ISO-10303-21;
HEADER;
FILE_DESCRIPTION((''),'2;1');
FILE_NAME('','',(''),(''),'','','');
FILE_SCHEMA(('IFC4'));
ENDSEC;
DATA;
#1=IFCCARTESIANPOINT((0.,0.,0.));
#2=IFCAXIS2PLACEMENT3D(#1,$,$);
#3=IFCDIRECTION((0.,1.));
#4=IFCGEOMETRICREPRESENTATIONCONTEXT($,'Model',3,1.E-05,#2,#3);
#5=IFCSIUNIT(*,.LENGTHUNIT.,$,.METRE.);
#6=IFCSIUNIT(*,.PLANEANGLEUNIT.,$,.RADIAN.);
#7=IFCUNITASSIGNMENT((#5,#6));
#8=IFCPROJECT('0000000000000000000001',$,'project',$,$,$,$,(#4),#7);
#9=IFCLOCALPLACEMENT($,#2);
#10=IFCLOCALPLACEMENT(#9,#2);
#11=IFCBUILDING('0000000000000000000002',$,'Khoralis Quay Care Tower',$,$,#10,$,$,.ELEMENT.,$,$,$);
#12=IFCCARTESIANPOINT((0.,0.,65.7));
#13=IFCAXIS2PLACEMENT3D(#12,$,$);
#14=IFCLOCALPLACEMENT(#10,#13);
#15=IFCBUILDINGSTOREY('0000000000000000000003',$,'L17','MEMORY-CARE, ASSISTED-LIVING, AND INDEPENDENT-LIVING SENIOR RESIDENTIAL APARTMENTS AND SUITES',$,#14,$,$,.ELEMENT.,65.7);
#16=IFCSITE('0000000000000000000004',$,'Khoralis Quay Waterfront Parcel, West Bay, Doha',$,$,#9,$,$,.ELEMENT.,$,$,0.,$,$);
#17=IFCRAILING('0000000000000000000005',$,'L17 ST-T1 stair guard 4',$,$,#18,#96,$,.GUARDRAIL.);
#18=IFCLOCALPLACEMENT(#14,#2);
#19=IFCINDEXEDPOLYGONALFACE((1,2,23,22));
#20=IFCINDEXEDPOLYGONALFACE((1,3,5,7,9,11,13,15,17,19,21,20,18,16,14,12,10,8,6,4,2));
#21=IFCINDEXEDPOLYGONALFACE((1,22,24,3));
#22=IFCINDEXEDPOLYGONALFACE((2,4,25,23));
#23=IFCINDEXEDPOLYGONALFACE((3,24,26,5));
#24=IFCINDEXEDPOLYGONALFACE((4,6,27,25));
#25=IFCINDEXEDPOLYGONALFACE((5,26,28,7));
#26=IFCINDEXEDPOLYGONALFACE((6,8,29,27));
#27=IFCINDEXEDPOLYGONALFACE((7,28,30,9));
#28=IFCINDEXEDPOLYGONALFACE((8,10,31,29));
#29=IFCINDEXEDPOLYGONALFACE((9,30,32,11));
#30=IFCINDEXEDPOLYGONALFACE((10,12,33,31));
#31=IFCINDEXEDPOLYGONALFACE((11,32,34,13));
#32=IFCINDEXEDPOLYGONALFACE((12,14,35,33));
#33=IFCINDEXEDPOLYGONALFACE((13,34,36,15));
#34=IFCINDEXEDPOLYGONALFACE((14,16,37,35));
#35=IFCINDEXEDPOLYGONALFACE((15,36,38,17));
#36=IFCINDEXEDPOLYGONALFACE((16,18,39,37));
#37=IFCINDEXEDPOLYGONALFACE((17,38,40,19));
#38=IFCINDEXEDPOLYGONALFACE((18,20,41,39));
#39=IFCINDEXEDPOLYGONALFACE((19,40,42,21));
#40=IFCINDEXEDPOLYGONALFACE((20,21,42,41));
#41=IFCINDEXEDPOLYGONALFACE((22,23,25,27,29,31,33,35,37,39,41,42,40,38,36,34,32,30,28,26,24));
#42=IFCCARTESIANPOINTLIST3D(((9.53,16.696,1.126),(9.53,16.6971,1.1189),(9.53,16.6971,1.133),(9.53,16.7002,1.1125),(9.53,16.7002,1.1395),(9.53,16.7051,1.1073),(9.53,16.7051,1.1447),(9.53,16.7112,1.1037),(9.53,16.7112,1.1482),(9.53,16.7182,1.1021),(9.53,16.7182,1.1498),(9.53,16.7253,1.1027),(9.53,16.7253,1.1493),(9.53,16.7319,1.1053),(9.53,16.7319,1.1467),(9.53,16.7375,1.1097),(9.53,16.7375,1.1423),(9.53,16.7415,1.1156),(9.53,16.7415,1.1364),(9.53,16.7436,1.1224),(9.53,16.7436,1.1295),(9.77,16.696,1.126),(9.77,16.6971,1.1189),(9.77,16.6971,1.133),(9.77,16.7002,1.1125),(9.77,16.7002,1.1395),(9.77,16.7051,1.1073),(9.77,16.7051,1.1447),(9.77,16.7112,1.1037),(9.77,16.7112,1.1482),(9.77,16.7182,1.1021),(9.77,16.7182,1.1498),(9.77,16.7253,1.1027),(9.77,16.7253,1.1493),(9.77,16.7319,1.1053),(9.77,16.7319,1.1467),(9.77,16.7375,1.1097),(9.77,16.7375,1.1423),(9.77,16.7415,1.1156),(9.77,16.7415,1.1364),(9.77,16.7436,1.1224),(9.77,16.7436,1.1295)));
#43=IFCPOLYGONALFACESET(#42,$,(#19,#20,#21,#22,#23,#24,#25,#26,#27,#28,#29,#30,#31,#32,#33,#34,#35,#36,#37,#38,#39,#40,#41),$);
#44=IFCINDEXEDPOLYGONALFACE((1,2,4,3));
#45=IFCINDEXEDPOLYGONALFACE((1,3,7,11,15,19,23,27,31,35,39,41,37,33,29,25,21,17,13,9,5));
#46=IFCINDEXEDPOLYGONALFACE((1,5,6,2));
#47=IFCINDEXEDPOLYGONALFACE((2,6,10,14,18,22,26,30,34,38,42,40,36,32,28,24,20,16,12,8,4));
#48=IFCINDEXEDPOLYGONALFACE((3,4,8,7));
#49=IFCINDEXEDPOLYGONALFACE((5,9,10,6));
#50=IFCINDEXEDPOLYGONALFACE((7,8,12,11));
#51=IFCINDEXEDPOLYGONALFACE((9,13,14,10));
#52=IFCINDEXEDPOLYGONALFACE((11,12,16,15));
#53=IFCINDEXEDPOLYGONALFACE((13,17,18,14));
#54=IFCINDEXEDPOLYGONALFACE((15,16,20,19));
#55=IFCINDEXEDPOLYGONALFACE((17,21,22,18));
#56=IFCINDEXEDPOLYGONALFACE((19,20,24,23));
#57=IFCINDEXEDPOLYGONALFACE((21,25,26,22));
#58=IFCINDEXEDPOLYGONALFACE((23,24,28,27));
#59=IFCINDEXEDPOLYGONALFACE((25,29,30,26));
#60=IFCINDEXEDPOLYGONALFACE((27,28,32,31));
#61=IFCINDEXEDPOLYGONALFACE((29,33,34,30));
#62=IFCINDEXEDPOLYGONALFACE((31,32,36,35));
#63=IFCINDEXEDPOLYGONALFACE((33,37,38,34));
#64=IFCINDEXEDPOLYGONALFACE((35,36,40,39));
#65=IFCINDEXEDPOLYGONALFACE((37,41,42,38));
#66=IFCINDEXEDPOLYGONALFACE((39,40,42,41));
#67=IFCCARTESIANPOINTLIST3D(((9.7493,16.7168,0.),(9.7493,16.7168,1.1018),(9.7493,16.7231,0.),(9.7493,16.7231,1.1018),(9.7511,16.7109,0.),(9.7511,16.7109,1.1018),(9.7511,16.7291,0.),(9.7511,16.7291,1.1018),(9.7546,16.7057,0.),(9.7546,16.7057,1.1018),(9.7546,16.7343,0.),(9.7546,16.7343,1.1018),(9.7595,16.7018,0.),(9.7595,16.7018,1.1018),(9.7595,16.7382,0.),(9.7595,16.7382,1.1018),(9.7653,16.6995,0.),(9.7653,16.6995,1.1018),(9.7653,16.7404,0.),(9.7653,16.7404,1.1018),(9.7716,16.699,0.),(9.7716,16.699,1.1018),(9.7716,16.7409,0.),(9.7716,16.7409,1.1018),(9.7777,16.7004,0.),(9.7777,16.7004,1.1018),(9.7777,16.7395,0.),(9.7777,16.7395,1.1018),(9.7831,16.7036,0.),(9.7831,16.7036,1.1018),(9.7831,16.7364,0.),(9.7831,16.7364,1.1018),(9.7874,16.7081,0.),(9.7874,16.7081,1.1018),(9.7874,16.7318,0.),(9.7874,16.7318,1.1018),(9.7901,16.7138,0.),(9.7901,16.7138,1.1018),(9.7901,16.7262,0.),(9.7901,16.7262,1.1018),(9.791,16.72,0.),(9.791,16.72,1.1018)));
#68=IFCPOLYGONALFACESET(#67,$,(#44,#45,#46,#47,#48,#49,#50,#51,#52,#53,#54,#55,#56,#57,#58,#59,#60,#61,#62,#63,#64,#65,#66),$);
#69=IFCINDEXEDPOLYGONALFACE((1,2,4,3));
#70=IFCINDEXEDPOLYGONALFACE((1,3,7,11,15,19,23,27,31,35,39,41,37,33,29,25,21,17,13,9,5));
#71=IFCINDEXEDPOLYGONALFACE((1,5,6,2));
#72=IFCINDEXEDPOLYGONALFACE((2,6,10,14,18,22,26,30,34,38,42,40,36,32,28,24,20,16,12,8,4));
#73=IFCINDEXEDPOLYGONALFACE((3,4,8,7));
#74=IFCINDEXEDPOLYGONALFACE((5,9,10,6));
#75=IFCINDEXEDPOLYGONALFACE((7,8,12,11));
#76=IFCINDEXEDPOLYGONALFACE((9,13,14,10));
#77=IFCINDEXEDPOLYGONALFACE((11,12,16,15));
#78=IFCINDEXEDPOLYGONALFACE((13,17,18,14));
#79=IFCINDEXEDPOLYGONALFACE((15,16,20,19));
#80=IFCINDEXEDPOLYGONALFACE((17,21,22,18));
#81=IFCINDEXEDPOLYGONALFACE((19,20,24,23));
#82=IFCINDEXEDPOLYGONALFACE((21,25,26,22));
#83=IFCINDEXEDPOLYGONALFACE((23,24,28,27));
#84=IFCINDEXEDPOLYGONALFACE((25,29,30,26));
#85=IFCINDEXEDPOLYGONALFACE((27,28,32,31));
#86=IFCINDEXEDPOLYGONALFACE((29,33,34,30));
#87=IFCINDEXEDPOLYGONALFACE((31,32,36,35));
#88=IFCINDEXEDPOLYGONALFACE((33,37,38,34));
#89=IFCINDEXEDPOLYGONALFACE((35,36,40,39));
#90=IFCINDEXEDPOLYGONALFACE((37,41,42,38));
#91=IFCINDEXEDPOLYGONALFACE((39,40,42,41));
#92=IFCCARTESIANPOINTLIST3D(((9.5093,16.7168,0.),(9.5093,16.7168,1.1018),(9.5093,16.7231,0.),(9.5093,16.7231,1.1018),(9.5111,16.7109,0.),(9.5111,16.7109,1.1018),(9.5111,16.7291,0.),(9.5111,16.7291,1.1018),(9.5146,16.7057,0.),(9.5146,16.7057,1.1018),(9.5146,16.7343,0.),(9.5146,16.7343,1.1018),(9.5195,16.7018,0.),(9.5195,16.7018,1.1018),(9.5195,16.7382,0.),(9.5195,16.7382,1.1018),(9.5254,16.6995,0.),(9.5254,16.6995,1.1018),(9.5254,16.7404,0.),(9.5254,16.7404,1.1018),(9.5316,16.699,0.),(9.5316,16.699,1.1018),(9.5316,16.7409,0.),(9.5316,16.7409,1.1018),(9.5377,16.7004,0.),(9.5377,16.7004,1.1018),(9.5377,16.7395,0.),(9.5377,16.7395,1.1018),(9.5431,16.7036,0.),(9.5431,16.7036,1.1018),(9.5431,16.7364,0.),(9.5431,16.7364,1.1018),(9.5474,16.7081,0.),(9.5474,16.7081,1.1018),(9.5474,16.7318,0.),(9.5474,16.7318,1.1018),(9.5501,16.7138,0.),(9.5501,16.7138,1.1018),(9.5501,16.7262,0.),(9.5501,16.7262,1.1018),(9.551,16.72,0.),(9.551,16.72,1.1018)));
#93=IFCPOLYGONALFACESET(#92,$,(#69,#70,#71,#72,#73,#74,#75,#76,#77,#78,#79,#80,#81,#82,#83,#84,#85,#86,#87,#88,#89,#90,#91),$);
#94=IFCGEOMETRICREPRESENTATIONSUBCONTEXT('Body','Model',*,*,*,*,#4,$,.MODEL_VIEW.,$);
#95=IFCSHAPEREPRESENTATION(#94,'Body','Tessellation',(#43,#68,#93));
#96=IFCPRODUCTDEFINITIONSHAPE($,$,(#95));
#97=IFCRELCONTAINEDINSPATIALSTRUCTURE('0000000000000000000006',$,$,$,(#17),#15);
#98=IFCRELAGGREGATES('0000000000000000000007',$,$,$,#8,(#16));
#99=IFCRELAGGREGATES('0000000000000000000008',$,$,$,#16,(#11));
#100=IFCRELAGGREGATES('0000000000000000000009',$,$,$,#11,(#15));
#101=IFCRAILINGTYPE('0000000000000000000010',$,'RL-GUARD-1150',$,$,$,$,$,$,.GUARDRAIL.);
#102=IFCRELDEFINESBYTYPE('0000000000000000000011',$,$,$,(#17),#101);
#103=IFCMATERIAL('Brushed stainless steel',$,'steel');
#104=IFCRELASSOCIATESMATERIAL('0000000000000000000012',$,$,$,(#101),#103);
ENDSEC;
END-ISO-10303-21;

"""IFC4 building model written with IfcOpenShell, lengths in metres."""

from ifc_helpers import new_model, si_unit, direction, frame, origin, origin_2d, place, context, subcontext, project, spatial, circle, extrude, material, type_object, element, save


model = new_model("IFC4")

# Units and contexts
model_context = context("Model", 3, precision=1e-05, world=origin(), true_north=direction((0.0, 1.0)))
body_context = subcontext(model_context, "Body", "Model", "MODEL_VIEW")
ifc_project = project(units=[si_unit("LENGTHUNIT", "METRE"), si_unit("PLANEANGLEUNIT", "RADIAN")], contexts=[model_context])

# Site, building, storey
site_placement = place(None, origin())
site = spatial("IfcSite", under=ifc_project, at=site_placement, Name="Khoralis Quay Waterfront Parcel, West Bay, Doha", CompositionType="ELEMENT", RefElevation=0.0)
building_placement = place(site_placement, origin())
building = spatial("IfcBuilding", under=site, at=building_placement, Name="Khoralis Quay Care Tower", CompositionType="ELEMENT")
storey_placement = place(building_placement, frame((0.0, 0.0, 65.7)))
storey = spatial("IfcBuildingStorey", under=building, at=storey_placement, Name="L17", Description="MEMORY-CARE, ASSISTED-LIVING, AND INDEPENDENT-LIVING SENIOR RESIDENTIAL APARTMENTS AND SUITES", CompositionType="ELEMENT", Elevation=65.7)

# Shared definitions
ifc_material_1 = material(Name="Brushed stainless steel", Category="steel")

# Railing
railing_type_1 = type_object("IfcRailingType", Name="RL-GUARD-1150", PredefinedType="GUARDRAIL", material=ifc_material_1)
railing_1_placement = place(storey_placement, frame((9.77, 16.72, 0.0)))
element("IfcRailing", 1, at=railing_1_placement, inside=storey, type_object=railing_type_1, Name="L17 ST-T1 stair guard 4", PredefinedType="GUARDRAIL", context=body_context, shape_type="SweptSolid", body=[
    extrude(circle(Radius=0.0239, at=origin_2d()), frame((0.0, 0.0, 1.126), z_axis=(-1.0, 0.0, 0.0), x_axis=(0.0, -1.0, 0.0)), (0.0, 0.0, 1.0), 0.24),
    extrude(circle(Radius=0.021, at=origin_2d()), origin(), (0.0, 0.0, 1.0), 1.1018),
    extrude(circle(Radius=0.021, at=origin_2d()), frame((-0.24, 0.0, 0.0)), (0.0, 0.0, 1.0), 1.1018),
])

save(model, "model.ifc")
